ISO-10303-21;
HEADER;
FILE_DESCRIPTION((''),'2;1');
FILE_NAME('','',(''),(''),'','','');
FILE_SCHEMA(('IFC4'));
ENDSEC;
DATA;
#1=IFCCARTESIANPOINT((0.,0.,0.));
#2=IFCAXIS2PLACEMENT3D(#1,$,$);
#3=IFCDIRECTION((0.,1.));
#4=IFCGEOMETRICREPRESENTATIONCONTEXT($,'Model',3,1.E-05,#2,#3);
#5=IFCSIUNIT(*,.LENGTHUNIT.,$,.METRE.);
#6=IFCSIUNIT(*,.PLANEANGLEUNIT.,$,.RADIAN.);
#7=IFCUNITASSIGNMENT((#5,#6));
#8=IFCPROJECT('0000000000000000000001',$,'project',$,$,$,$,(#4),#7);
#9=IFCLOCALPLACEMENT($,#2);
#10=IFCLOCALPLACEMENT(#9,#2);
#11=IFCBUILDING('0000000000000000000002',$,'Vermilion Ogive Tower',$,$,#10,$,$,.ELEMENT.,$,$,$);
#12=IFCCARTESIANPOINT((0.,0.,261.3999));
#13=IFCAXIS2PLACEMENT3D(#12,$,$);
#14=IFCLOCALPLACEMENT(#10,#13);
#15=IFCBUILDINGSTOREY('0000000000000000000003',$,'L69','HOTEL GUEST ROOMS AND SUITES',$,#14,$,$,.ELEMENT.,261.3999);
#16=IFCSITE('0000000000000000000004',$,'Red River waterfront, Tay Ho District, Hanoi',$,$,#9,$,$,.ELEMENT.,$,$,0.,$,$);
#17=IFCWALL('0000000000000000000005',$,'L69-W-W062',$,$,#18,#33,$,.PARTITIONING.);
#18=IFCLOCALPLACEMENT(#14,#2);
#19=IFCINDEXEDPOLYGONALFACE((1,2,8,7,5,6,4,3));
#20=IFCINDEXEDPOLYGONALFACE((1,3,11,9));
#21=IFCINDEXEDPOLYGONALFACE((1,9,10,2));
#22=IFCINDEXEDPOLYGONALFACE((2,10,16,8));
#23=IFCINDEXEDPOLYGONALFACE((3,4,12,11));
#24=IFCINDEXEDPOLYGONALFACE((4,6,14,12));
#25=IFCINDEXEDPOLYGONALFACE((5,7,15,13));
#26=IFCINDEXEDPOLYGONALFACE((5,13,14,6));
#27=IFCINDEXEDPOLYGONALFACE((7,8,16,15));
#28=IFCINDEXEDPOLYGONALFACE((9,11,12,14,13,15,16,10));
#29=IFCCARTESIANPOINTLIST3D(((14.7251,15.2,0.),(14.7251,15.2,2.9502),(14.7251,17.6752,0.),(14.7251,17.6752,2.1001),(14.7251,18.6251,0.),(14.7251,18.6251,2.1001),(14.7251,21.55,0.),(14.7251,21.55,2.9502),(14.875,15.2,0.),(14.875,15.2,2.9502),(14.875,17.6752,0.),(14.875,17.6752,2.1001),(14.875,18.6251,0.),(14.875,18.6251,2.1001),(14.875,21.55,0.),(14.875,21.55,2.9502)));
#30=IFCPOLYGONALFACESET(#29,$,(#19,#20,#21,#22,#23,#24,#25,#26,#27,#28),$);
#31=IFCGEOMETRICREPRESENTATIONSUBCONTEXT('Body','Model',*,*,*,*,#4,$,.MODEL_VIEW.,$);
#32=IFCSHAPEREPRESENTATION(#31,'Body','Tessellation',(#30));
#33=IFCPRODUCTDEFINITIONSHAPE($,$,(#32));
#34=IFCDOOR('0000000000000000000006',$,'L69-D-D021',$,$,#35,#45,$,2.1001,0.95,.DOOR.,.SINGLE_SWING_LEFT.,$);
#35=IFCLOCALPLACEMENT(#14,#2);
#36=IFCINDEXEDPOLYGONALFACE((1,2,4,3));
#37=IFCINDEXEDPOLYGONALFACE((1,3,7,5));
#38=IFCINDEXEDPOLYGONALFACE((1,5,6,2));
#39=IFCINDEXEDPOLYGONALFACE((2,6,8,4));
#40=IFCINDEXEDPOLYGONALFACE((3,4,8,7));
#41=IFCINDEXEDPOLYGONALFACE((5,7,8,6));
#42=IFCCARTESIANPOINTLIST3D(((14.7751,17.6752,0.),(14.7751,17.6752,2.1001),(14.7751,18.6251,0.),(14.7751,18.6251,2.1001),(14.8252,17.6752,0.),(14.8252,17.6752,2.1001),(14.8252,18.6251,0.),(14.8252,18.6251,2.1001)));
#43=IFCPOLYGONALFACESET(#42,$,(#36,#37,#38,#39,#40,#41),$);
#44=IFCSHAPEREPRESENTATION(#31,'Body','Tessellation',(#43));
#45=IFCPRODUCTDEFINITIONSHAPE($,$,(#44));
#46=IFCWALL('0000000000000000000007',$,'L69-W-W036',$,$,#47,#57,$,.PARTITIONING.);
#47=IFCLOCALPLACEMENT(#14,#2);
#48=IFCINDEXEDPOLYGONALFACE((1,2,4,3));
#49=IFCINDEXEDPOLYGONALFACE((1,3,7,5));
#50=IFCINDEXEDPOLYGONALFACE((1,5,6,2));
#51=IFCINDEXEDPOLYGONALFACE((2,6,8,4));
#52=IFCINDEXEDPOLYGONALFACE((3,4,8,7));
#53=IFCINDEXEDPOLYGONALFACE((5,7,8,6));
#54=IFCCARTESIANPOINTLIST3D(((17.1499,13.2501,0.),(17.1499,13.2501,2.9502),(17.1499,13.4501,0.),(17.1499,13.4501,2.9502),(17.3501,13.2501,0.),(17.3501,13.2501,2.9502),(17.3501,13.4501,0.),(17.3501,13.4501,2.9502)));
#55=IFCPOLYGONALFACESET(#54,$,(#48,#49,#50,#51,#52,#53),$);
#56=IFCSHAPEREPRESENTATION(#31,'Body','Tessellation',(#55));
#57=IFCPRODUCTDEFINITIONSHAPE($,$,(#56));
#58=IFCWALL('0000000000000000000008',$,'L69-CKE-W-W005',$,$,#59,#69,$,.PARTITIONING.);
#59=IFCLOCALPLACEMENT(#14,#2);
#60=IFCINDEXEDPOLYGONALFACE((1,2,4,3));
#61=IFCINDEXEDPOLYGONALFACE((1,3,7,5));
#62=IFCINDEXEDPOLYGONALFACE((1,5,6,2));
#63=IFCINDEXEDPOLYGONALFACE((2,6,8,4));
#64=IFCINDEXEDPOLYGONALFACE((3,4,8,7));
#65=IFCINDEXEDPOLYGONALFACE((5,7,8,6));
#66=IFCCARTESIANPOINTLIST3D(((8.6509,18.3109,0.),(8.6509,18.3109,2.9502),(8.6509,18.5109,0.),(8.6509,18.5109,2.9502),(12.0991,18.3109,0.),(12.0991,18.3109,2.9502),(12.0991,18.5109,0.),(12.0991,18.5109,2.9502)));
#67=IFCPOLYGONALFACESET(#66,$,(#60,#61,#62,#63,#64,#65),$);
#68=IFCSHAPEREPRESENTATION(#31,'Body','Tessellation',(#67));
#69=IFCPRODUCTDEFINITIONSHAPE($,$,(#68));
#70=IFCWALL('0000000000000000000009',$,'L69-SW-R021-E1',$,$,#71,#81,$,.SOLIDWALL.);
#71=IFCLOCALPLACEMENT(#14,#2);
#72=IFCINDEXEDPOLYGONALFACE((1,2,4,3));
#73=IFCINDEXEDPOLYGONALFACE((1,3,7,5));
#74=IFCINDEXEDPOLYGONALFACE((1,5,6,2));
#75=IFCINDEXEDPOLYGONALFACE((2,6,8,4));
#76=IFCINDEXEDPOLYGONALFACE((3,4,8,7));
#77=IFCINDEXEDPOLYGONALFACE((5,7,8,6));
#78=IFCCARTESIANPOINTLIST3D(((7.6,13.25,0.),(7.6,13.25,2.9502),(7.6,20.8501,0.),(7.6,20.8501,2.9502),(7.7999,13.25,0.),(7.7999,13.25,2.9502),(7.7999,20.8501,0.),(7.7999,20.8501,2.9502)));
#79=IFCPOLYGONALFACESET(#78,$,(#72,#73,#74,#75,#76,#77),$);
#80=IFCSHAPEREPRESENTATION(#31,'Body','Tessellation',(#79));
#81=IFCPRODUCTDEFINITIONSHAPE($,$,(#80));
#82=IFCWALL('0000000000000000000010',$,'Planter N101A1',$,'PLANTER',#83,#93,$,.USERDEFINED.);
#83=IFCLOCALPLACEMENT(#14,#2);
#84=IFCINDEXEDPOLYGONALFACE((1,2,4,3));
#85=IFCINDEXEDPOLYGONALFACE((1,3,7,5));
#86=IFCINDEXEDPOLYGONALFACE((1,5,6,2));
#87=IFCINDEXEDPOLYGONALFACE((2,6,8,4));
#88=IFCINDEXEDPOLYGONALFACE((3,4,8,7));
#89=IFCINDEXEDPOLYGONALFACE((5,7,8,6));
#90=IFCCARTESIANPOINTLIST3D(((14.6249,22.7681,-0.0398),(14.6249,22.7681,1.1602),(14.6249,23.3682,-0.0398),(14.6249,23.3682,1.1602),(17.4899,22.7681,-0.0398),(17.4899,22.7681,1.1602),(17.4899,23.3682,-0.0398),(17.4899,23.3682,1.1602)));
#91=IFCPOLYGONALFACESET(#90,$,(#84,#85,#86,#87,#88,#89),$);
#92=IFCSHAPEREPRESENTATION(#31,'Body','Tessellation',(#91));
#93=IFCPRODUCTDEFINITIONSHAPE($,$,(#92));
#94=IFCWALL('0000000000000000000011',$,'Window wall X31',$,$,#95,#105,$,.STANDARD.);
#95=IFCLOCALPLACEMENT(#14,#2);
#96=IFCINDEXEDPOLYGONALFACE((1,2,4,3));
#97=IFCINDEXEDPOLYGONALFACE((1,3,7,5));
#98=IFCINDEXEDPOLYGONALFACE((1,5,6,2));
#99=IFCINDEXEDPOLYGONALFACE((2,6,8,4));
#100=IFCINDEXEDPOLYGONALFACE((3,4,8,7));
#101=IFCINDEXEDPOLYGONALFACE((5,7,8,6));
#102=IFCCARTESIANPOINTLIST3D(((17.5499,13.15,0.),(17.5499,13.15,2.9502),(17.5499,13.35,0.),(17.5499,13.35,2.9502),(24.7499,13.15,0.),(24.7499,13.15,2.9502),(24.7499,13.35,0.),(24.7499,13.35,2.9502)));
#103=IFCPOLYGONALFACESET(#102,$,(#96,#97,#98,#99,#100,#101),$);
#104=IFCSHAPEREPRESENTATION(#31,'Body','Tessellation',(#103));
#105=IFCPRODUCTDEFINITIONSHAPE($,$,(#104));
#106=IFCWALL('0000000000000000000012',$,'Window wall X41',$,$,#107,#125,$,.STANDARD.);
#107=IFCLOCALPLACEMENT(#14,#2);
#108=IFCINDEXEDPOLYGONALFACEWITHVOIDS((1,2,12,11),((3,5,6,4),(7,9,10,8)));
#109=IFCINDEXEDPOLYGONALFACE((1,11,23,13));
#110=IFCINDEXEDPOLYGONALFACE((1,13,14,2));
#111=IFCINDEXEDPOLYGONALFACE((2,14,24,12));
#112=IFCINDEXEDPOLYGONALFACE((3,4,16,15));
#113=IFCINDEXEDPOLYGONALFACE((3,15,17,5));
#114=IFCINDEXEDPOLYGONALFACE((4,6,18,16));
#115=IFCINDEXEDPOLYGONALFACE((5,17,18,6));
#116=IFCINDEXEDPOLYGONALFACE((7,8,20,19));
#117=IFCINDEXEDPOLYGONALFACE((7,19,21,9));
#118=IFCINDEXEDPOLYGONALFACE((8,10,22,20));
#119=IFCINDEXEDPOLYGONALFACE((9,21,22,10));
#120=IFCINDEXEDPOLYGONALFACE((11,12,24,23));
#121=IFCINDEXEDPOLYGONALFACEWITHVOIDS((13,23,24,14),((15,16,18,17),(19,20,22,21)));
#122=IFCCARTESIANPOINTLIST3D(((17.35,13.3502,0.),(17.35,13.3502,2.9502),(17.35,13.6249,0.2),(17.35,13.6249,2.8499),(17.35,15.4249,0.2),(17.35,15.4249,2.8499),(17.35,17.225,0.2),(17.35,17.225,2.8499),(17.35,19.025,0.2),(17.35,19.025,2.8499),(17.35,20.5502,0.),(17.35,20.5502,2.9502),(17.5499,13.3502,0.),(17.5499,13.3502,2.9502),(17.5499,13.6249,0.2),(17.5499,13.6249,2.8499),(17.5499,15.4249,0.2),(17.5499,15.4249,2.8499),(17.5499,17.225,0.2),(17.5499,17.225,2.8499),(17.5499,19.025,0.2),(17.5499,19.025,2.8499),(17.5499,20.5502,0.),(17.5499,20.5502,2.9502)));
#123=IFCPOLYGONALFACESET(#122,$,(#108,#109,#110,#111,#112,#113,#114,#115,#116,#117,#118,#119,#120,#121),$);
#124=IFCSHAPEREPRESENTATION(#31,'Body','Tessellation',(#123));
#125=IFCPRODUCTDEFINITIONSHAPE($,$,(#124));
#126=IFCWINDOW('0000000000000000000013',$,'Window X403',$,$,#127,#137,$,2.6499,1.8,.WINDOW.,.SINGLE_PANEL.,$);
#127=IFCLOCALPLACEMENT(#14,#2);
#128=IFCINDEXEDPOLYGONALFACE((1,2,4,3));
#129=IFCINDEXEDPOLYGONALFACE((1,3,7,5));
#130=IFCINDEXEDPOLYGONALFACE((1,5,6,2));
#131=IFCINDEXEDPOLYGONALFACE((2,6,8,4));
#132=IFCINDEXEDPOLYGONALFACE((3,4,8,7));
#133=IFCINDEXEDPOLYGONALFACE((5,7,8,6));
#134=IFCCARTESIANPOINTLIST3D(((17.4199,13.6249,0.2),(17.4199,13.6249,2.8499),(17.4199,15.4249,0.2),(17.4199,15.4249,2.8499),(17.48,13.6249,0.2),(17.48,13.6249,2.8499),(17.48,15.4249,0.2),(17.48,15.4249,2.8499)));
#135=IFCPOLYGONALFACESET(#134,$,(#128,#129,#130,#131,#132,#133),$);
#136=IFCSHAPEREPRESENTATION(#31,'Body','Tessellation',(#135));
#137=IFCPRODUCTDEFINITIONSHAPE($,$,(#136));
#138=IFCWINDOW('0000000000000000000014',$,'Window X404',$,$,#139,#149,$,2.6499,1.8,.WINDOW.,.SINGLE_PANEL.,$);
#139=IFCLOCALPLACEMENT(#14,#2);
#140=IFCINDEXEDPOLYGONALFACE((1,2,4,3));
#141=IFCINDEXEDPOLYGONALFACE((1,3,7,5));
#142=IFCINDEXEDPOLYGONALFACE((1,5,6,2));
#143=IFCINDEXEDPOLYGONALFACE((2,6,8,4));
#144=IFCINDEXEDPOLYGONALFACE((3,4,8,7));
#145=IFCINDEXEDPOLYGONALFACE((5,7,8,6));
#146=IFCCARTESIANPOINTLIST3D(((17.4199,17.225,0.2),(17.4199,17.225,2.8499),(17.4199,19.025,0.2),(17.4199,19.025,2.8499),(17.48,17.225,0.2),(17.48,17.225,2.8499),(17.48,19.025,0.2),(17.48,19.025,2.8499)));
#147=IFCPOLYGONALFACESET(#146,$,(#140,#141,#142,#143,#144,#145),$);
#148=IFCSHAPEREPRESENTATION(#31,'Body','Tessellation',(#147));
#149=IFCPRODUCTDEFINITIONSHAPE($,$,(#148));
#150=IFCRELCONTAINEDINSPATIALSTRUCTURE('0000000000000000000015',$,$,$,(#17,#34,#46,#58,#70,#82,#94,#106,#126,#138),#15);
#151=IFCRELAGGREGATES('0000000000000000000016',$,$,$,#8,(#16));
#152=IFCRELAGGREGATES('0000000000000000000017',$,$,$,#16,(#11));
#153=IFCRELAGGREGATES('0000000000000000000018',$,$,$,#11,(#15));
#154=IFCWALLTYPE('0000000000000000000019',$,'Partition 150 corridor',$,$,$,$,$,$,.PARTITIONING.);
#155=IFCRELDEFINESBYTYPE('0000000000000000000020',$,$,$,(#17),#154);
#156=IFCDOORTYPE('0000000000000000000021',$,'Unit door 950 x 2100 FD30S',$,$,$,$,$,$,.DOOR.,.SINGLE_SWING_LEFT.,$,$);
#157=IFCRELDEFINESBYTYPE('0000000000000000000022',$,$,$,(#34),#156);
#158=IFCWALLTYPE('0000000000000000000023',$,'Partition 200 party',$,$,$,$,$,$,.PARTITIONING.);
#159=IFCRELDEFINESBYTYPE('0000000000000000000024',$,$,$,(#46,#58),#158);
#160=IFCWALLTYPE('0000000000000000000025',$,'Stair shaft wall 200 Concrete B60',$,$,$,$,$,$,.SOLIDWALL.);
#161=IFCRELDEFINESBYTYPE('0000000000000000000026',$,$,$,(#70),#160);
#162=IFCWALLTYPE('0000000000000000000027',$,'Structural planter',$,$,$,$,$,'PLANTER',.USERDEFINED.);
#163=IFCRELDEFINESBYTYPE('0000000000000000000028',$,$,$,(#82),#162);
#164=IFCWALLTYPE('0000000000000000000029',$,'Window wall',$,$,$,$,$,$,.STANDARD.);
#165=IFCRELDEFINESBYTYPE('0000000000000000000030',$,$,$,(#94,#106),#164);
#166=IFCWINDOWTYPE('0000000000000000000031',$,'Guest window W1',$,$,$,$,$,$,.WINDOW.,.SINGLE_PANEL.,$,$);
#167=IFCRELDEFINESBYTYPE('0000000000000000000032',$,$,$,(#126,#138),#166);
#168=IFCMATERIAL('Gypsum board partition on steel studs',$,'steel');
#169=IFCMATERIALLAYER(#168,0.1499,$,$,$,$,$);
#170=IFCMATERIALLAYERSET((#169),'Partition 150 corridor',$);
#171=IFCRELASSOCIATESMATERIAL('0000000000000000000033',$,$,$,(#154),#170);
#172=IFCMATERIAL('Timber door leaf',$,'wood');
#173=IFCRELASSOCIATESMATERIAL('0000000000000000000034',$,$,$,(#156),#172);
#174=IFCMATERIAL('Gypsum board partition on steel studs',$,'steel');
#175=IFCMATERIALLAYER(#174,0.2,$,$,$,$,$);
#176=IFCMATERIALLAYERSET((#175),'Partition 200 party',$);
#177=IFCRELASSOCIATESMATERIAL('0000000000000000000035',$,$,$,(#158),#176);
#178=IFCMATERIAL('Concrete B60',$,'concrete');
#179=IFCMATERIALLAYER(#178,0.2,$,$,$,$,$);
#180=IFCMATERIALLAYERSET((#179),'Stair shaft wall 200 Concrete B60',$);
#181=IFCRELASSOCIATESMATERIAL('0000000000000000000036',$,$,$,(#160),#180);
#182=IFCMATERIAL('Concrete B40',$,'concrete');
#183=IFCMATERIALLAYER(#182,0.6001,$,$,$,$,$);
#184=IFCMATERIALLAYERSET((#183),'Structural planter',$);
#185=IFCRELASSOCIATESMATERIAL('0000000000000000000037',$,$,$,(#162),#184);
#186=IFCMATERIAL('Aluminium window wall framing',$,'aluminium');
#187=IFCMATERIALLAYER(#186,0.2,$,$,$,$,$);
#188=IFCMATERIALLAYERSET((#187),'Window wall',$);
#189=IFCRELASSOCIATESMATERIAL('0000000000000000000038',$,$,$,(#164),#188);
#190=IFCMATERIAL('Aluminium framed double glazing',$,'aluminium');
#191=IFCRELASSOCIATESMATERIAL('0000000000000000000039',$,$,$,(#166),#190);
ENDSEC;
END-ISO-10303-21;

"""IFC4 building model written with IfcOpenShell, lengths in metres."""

from ifc_helpers import new_model, si_unit, direction, frame, frame_2d, origin, place, context, subcontext, project, spatial, rectangle, extrude, material, layer, layer_set, type_object, element, fill, save


model = new_model("IFC4")

# Units and contexts
model_context = context("Model", 3, precision=1e-05, world=origin(), true_north=direction((0.0, 1.0)))
body_context = subcontext(model_context, "Body", "Model", "MODEL_VIEW")
ifc_project = project(units=[si_unit("LENGTHUNIT", "METRE"), si_unit("PLANEANGLEUNIT", "RADIAN")], contexts=[model_context])

# Site, building, storey
site_placement = place(None, origin())
site = spatial("IfcSite", under=ifc_project, at=site_placement, Name="Red River waterfront, Tay Ho District, Hanoi", CompositionType="ELEMENT", RefElevation=0.0)
building_placement = place(site_placement, origin())
building = spatial("IfcBuilding", under=site, at=building_placement, Name="Vermilion Ogive Tower", CompositionType="ELEMENT")
storey_placement = place(building_placement, frame((0.0, 0.0, 261.3999)))
storey = spatial("IfcBuildingStorey", under=building, at=storey_placement, Name="L69", Description="HOTEL GUEST ROOMS AND SUITES", CompositionType="ELEMENT", Elevation=261.3999)

# Wall, opening, door
ifc_material_1 = material(Name="Gypsum board partition on steel studs", Category="steel")
ifc_layer_1 = layer(ifc_material_1, 0.1499)
ifc_layer_set_1 = layer_set([ifc_layer_1], Name="Partition 150 corridor")
wall_type_1 = type_object("IfcWallType", Name="Partition 150 corridor", PredefinedType="PARTITIONING", material=ifc_layer_set_1)
wall_1_placement = place(storey_placement, frame((14.8, 15.2, 0.0), z_axis=(0.0, 0.0, 1.0), x_axis=(0.0, 1.0, 0.0)))
wall_1 = element("IfcWall", 1, at=wall_1_placement, inside=storey, type_object=wall_type_1, Name="L69-W-W062", PredefinedType="PARTITIONING", context=body_context, shape_type="SweptSolid", body=[
    extrude(rectangle(XDim=6.3501, YDim=0.1499, at=frame_2d((3.175, 0.0))), origin(), (0.0, 0.0, 1.0), 2.9502),
])
opening_1_placement = place(wall_1_placement, frame((2.4751, 0.0, 0.0)))
opening_1 = element("IfcOpeningElement", 2, at=opening_1_placement, cuts=wall_1, PredefinedType="OPENING", context=body_context, shape_type="SweptSolid", body=[
    extrude(rectangle(XDim=0.95, YDim=2.1001, at=frame_2d((0.4751, 1.05))), frame((0.0, 0.085, 0.0), z_axis=(0.0, -1.0, 0.0), x_axis=(1.0, 0.0, 0.0)), (0.0, 0.0, 1.0), 0.1699),
])
ifc_material_2 = material(Name="Timber door leaf", Category="wood")
door_type_1 = type_object("IfcDoorType", Name="Unit door 950 x 2100 FD30S", OperationType="SINGLE_SWING_LEFT", PredefinedType="DOOR", material=ifc_material_2)
door_1_placement = place(opening_1_placement, origin())
door_1 = element("IfcDoor", 3, at=door_1_placement, inside=storey, type_object=door_type_1, Name="L69-D-D021", OperationType="SINGLE_SWING_LEFT", OverallHeight=2.1001, OverallWidth=0.95, PredefinedType="DOOR", context=body_context, shape_type="SweptSolid", body=[
    extrude(rectangle(XDim=0.95, YDim=2.1001, at=frame_2d((0.4751, 1.05))), frame((0.0, 0.0249, 0.0), z_axis=(0.0, -1.0, 0.0), x_axis=(1.0, 0.0, 0.0)), (0.0, 0.0, 1.0), 0.05),
])
fill(opening_1, door_1)

# Walls
ifc_material_3 = material(Name="Gypsum board partition on steel studs", Category="steel")
ifc_layer_2 = layer(ifc_material_3, 0.2)
ifc_layer_set_2 = layer_set([ifc_layer_2], Name="Partition 200 party")
wall_type_2 = type_object("IfcWallType", Name="Partition 200 party", PredefinedType="PARTITIONING", material=ifc_layer_set_2)
wall_2_placement = place(storey_placement, frame((17.1499, 13.3501, 0.0), z_axis=(0.0, 0.0, 1.0), x_axis=(1.0, 0.0, 0.0)))
element("IfcWall", 4, at=wall_2_placement, inside=storey, type_object=wall_type_2, Name="L69-W-W036", PredefinedType="PARTITIONING", context=body_context, shape_type="SweptSolid", body=[
    extrude(rectangle(XDim=0.2002, YDim=0.2, at=frame_2d((0.1001, 0.0))), origin(), (0.0, 0.0, 1.0), 2.9502),
])
wall_3_placement = place(storey_placement, frame((8.6509, 18.4109, 0.0), z_axis=(0.0, 0.0, 1.0), x_axis=(1.0, 0.0, 0.0)))
element("IfcWall", 5, at=wall_3_placement, inside=storey, type_object=wall_type_2, Name="L69-CKE-W-W005", PredefinedType="PARTITIONING", context=body_context, shape_type="SweptSolid", body=[
    extrude(rectangle(XDim=3.4482, YDim=0.2, at=frame_2d((1.7241, 0.0))), origin(), (0.0, 0.0, 1.0), 2.9502),
])
ifc_material_4 = material(Name="Concrete B60", Category="concrete")
ifc_layer_3 = layer(ifc_material_4, 0.2)
ifc_layer_set_3 = layer_set([ifc_layer_3], Name="Stair shaft wall 200 Concrete B60")
wall_type_3 = type_object("IfcWallType", Name="Stair shaft wall 200 Concrete B60", PredefinedType="SOLIDWALL", material=ifc_layer_set_3)
wall_4_placement = place(storey_placement, frame((7.7, 13.25, 0.0), z_axis=(0.0, 0.0, 1.0), x_axis=(0.0, 1.0, 0.0)))
element("IfcWall", 6, at=wall_4_placement, inside=storey, type_object=wall_type_3, Name="L69-SW-R021-E1", PredefinedType="SOLIDWALL", context=body_context, shape_type="SweptSolid", body=[
    extrude(rectangle(XDim=7.6001, YDim=0.2, at=frame_2d((3.8, 0.0))), origin(), (0.0, 0.0, 1.0), 2.9502),
])
ifc_material_5 = material(Name="Concrete B40", Category="concrete")
ifc_layer_4 = layer(ifc_material_5, 0.6001)
ifc_layer_set_4 = layer_set([ifc_layer_4], Name="Structural planter")
wall_type_4 = type_object("IfcWallType", Name="Structural planter", ElementType="PLANTER", PredefinedType="USERDEFINED", material=ifc_layer_set_4)
wall_5_placement = place(storey_placement, frame((17.49, 23.0681, -0.0398), z_axis=(0.0, 0.0, 1.0), x_axis=(-1.0, 0.0, 0.0)))
element("IfcWall", 7, at=wall_5_placement, inside=storey, type_object=wall_type_4, Name="Planter N101A1", ObjectType="PLANTER", PredefinedType="USERDEFINED", context=body_context, shape_type="SweptSolid", body=[
    extrude(rectangle(XDim=2.865, YDim=0.6001, at=frame_2d((1.4326, 0.0))), origin(), (0.0, 0.0, 1.0), 1.2),
])
ifc_material_6 = material(Name="Aluminium window wall framing", Category="aluminium")
ifc_layer_5 = layer(ifc_material_6, 0.2)
ifc_layer_set_5 = layer_set([ifc_layer_5], Name="Window wall")
wall_type_5 = type_object("IfcWallType", Name="Window wall", PredefinedType="STANDARD", material=ifc_layer_set_5)
wall_6_placement = place(storey_placement, frame((24.75, 13.25, 0.0), z_axis=(0.0, 0.0, 1.0), x_axis=(-1.0, 0.0, 0.0)))
element("IfcWall", 8, at=wall_6_placement, inside=storey, type_object=wall_type_5, Name="Window wall X31", PredefinedType="STANDARD", context=body_context, shape_type="SweptSolid", body=[
    extrude(rectangle(XDim=7.2, YDim=0.2, at=frame_2d((3.6001, 0.0))), origin(), (0.0, 0.0, 1.0), 2.9502),
])

# Wall, openings, windows
wall_7_placement = place(storey_placement, frame((17.45, 13.3501, 0.0), z_axis=(0.0, 0.0, 1.0), x_axis=(0.0, 1.0, 0.0)))
wall_7 = element("IfcWall", 9, at=wall_7_placement, inside=storey, type_object=wall_type_5, Name="Window wall X41", PredefinedType="STANDARD", context=body_context, shape_type="SweptSolid", body=[
    extrude(rectangle(XDim=7.2, YDim=0.2, at=frame_2d((3.6001, 0.0))), origin(), (0.0, 0.0, 1.0), 2.9502),
])
opening_2_placement = place(wall_7_placement, frame((0.2749, 0.0, 0.2)))
opening_2 = element("IfcOpeningElement", 10, at=opening_2_placement, cuts=wall_7, PredefinedType="OPENING", context=body_context, shape_type="SweptSolid", body=[
    extrude(rectangle(XDim=1.8, YDim=2.6499, at=frame_2d((0.8999, 1.325))), frame((0.0, 0.1099, 0.0), z_axis=(0.0, -1.0, 0.0), x_axis=(1.0, 0.0, 0.0)), (0.0, 0.0, 1.0), 0.22),
])
opening_3_placement = place(wall_7_placement, frame((3.875, 0.0, 0.2)))
opening_3 = element("IfcOpeningElement", 11, at=opening_3_placement, cuts=wall_7, PredefinedType="OPENING", context=body_context, shape_type="SweptSolid", body=[
    extrude(rectangle(XDim=1.8, YDim=2.6499, at=frame_2d((0.8999, 1.325))), frame((0.0, 0.1099, 0.0), z_axis=(0.0, -1.0, 0.0), x_axis=(1.0, 0.0, 0.0)), (0.0, 0.0, 1.0), 0.22),
])
ifc_material_7 = material(Name="Aluminium framed double glazing", Category="aluminium")
window_type = type_object("IfcWindowType", Name="Guest window W1", PartitioningType="SINGLE_PANEL", PredefinedType="WINDOW", material=ifc_material_7)
window_1_placement = place(opening_2_placement, origin())
window_1 = element("IfcWindow", 12, at=window_1_placement, inside=storey, type_object=window_type, Name="Window X403", OverallHeight=2.6499, OverallWidth=1.8, PartitioningType="SINGLE_PANEL", PredefinedType="WINDOW", context=body_context, shape_type="SweptSolid", body=[
    extrude(rectangle(XDim=1.8, YDim=2.6499, at=frame_2d((0.8999, 1.325))), frame((0.0, 0.03, 0.0), z_axis=(0.0, -1.0, 0.0), x_axis=(1.0, 0.0, 0.0)), (0.0, 0.0, 1.0), 0.0601),
])
fill(opening_2, window_1)
window_2_placement = place(opening_3_placement, origin())
window_2 = element("IfcWindow", 13, at=window_2_placement, inside=storey, type_object=window_type, Name="Window X404", OverallHeight=2.6499, OverallWidth=1.8, PartitioningType="SINGLE_PANEL", PredefinedType="WINDOW", context=body_context, shape_type="SweptSolid", body=[
    extrude(rectangle(XDim=1.8, YDim=2.6499, at=frame_2d((0.8999, 1.325))), frame((0.0, 0.03, 0.0), z_axis=(0.0, -1.0, 0.0), x_axis=(1.0, 0.0, 0.0)), (0.0, 0.0, 1.0), 0.0601),
])
fill(opening_3, window_2)

save(model, "model.ifc")
